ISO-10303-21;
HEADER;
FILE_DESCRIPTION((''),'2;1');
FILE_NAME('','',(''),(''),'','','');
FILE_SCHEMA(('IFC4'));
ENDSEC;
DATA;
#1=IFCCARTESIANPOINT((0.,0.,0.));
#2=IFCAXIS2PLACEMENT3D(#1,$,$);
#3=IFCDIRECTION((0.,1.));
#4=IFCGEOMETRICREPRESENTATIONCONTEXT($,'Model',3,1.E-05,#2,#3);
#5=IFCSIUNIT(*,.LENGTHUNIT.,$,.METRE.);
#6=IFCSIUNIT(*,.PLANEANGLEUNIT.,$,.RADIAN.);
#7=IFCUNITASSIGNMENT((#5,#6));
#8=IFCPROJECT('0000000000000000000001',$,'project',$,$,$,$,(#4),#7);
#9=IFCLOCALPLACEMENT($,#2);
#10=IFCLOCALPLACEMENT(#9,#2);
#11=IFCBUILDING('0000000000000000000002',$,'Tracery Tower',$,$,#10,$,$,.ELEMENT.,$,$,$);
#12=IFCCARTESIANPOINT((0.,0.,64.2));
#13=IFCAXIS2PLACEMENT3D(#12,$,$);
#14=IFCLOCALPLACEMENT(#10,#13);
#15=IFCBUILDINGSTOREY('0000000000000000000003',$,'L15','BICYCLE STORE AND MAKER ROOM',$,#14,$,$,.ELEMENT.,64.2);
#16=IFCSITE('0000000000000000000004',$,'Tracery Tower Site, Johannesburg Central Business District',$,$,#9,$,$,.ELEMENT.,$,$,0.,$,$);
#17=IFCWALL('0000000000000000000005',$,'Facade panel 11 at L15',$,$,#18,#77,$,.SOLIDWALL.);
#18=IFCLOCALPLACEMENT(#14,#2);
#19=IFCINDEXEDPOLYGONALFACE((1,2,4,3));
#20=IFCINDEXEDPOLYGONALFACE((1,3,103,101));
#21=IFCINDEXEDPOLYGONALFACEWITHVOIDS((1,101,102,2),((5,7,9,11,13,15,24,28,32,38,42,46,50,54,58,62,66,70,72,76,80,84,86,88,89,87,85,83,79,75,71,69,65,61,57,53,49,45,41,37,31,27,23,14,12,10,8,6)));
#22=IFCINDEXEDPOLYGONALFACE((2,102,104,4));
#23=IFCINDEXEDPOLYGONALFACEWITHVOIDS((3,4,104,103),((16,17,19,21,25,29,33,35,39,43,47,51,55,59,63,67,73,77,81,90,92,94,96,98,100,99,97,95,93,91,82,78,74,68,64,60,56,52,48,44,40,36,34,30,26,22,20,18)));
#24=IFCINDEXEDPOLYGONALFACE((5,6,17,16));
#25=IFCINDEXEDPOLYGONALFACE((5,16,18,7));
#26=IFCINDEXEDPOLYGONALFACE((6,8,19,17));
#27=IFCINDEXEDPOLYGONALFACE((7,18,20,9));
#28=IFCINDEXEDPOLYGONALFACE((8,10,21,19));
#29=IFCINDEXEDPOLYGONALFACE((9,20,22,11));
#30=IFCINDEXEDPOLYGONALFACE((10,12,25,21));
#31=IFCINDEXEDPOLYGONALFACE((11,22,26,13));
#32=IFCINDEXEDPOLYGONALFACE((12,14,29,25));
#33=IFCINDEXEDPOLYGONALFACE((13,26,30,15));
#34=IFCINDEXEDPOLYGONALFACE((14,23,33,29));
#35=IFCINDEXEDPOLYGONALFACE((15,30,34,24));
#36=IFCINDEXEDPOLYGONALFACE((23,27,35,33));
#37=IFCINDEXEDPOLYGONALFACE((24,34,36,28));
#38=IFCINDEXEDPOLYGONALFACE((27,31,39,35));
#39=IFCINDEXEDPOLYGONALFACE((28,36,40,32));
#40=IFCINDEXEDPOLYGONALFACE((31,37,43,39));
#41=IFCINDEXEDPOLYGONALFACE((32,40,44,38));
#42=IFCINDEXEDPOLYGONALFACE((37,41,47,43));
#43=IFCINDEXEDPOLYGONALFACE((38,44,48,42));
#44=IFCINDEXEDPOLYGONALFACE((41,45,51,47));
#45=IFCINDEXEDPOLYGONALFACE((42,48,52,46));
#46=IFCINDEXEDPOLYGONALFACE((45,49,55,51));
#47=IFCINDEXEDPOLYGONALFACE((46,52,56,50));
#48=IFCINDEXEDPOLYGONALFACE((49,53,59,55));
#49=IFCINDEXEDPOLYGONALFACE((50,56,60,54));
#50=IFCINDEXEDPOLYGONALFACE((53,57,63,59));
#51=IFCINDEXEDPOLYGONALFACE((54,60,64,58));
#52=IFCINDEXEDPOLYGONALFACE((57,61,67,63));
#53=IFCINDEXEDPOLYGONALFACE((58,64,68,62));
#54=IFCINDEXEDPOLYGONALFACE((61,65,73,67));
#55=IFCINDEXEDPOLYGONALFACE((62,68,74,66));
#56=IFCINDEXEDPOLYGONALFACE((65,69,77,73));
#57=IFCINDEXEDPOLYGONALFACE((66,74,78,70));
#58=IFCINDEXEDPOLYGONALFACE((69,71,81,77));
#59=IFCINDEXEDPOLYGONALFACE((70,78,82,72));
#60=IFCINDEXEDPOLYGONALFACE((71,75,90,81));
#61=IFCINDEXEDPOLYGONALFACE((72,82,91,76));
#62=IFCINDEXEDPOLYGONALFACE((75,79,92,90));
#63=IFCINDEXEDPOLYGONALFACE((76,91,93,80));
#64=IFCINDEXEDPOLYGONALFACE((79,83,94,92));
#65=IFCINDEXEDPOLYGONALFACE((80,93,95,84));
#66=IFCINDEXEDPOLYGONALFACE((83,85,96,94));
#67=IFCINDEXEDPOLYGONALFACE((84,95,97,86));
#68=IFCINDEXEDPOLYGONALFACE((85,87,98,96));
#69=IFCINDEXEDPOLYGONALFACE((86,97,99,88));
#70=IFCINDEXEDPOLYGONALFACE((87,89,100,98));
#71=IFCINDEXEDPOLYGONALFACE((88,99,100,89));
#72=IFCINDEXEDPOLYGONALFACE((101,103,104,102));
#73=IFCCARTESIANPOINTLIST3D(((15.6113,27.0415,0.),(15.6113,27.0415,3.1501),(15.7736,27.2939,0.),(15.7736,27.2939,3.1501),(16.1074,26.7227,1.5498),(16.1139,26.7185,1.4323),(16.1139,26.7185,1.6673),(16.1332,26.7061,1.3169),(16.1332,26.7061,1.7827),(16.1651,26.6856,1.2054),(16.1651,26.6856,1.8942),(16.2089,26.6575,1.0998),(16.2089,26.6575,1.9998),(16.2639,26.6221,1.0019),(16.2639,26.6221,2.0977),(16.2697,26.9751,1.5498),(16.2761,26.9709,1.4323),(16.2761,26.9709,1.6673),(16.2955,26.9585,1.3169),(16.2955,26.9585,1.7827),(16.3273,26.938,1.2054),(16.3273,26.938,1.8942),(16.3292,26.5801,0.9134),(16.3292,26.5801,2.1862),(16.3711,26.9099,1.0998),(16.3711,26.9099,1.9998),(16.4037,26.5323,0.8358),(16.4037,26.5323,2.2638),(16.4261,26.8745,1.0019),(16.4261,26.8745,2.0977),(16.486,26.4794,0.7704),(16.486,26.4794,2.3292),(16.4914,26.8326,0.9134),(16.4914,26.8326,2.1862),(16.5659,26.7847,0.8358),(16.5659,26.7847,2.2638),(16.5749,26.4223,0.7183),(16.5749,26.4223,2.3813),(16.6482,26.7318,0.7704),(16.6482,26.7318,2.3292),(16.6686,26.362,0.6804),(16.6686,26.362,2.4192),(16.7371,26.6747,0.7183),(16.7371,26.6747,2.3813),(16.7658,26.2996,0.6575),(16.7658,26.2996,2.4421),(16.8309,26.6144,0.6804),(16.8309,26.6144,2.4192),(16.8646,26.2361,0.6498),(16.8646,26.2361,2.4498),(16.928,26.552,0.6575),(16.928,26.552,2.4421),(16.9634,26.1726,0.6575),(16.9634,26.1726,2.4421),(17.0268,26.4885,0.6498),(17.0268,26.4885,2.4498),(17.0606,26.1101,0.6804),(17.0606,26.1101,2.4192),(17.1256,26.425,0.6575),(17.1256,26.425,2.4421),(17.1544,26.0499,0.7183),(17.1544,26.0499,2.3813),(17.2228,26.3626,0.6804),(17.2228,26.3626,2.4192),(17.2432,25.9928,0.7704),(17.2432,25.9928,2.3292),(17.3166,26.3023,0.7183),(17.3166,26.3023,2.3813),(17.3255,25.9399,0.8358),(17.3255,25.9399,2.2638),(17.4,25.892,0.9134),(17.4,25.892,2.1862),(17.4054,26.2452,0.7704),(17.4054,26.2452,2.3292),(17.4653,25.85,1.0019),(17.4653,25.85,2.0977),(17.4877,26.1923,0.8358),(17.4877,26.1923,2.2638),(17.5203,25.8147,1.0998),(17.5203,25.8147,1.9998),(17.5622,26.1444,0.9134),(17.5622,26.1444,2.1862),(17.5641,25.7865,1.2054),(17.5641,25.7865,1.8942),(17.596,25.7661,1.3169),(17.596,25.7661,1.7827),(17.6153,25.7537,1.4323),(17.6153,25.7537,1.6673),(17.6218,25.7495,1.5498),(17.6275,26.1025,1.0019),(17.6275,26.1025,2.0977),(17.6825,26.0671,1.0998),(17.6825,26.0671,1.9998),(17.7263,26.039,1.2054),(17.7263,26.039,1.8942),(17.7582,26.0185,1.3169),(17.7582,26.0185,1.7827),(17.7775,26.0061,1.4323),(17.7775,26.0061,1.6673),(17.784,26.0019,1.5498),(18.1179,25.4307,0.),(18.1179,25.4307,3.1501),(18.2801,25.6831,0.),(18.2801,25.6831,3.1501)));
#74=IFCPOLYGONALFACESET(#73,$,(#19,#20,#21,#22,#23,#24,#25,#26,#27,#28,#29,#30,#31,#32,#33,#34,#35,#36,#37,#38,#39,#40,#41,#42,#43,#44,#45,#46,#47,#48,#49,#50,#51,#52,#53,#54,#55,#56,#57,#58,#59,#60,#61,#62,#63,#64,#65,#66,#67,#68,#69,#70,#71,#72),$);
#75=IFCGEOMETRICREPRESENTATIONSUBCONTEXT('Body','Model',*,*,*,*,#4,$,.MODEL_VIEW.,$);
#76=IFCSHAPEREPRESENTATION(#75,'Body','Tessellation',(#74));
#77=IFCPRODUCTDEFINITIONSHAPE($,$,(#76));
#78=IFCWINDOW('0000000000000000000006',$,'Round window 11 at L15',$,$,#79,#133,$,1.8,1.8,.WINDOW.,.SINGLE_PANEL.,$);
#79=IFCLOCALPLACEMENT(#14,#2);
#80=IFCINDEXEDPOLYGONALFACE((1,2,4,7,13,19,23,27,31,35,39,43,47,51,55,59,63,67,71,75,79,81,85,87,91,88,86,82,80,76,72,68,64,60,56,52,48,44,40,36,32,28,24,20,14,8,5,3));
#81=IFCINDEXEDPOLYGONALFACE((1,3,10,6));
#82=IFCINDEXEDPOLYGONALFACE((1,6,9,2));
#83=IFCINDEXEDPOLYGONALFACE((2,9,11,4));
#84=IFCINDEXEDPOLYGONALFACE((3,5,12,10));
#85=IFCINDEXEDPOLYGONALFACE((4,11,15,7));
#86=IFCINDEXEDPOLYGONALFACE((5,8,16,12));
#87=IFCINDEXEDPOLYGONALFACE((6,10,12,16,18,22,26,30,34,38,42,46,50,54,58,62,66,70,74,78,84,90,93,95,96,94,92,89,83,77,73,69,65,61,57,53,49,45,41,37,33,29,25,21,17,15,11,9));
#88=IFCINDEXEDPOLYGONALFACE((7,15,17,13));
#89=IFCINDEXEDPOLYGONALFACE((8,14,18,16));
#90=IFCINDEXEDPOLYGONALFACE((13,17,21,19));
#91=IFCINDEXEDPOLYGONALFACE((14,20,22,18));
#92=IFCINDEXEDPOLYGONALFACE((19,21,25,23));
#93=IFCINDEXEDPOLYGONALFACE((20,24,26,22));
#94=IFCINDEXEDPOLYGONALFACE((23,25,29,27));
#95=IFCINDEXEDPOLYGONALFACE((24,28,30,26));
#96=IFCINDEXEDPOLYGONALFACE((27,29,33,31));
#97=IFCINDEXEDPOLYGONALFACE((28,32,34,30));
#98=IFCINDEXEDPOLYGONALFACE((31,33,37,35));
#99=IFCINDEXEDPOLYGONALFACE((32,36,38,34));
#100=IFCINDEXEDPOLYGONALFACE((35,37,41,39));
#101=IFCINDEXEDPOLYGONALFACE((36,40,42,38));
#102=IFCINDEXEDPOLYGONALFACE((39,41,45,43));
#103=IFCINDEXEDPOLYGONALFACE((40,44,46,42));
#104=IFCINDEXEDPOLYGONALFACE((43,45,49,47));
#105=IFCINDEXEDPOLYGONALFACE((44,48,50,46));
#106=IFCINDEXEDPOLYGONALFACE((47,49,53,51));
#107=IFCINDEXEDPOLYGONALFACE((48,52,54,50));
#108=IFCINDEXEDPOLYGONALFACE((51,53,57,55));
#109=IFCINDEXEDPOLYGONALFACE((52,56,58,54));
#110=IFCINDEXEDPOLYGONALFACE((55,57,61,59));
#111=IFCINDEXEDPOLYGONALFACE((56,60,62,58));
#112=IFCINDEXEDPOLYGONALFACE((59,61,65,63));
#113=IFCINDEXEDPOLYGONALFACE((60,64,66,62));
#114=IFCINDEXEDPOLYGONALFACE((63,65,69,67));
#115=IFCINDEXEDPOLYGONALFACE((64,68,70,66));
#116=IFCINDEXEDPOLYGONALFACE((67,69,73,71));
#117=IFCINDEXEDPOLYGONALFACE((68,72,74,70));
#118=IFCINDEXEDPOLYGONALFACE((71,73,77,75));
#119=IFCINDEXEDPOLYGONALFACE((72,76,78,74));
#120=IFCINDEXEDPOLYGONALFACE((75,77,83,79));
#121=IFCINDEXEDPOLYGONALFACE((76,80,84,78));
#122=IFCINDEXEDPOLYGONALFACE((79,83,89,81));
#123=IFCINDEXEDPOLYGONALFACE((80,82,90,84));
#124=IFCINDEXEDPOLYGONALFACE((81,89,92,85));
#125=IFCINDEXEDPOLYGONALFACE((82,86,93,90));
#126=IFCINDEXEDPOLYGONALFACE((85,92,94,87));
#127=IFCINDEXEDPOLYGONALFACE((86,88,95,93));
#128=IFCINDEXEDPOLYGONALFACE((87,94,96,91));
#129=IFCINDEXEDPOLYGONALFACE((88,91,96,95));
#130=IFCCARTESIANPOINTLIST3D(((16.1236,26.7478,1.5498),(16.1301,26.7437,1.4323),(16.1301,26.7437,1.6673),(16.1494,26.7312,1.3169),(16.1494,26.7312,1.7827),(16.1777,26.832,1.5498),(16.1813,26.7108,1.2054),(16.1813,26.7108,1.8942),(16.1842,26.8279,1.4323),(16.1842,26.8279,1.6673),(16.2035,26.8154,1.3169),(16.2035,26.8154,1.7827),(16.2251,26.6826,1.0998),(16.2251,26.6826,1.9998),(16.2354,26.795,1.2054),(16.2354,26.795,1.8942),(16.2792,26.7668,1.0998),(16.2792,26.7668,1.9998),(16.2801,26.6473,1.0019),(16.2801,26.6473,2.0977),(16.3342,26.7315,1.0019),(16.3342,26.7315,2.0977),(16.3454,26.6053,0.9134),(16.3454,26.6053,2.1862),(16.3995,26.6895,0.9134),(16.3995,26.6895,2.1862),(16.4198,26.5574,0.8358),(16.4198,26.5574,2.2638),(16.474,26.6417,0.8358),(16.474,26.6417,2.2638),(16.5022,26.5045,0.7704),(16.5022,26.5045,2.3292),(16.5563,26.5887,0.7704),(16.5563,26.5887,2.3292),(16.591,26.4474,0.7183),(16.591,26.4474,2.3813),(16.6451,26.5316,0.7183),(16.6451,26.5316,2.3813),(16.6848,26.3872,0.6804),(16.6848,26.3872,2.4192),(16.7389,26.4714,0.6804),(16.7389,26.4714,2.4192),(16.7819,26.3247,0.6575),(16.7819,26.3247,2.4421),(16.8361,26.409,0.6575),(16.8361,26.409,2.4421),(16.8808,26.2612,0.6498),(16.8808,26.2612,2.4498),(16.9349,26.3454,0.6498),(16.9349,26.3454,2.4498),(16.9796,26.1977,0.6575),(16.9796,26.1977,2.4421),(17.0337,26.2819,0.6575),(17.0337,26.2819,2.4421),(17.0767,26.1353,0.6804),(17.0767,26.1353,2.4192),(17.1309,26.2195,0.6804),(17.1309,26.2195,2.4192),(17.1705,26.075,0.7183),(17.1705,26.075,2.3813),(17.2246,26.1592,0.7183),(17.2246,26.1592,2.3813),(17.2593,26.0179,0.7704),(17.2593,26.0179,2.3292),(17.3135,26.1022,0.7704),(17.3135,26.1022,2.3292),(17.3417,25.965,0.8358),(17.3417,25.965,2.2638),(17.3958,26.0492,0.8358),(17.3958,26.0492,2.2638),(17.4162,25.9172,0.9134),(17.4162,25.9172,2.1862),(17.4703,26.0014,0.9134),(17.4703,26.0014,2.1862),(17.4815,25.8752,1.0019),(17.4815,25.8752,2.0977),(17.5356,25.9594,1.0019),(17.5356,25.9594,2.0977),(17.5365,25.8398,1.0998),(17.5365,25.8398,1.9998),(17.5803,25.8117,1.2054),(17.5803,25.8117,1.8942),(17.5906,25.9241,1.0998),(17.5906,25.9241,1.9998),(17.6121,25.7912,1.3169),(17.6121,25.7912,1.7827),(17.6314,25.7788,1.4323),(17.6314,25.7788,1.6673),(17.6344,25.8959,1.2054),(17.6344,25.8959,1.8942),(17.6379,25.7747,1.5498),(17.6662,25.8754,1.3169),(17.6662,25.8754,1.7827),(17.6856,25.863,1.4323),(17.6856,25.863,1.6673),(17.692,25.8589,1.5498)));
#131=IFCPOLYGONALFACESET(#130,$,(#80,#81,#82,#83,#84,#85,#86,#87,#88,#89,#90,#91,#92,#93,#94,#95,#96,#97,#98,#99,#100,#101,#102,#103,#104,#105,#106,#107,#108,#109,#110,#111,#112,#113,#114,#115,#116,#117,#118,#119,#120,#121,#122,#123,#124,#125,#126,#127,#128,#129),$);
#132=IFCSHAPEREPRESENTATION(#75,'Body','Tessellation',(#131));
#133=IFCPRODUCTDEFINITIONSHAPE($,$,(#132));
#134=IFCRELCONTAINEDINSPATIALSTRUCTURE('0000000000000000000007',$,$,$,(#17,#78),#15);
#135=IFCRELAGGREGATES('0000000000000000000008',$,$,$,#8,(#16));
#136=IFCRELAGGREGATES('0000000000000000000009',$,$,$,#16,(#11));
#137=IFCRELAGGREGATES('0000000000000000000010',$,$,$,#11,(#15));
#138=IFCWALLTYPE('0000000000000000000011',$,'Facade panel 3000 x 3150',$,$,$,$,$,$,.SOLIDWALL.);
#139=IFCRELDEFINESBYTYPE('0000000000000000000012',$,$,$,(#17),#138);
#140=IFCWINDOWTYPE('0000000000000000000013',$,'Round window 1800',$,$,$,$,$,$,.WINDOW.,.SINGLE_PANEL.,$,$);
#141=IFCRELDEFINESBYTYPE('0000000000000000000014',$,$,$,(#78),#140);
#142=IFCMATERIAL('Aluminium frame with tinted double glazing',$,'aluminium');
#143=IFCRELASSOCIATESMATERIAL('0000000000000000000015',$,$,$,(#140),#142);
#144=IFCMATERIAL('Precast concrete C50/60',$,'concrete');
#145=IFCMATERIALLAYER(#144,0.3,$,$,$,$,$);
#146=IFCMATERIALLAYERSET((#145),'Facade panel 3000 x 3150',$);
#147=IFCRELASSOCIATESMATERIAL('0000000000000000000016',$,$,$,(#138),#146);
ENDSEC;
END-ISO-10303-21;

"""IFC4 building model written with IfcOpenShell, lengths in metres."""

from ifc_helpers import new_model, si_unit, direction, frame, frame_2d, origin, origin_2d, place, context, subcontext, project, spatial, rectangle, circle, extrude, material, layer, layer_set, type_object, element, fill, save


model = new_model("IFC4")

# Units and contexts
model_context = context("Model", 3, precision=1e-05, world=origin(), true_north=direction((0.0, 1.0)))
body_context = subcontext(model_context, "Body", "Model", "MODEL_VIEW")
ifc_project = project(units=[si_unit("LENGTHUNIT", "METRE"), si_unit("PLANEANGLEUNIT", "RADIAN")], contexts=[model_context])

# Site, building, storey
site_placement = place(None, origin())
site = spatial("IfcSite", under=ifc_project, at=site_placement, Name="Tracery Tower Site, Johannesburg Central Business District", CompositionType="ELEMENT", RefElevation=0.0)
building_placement = place(site_placement, origin())
building = spatial("IfcBuilding", under=site, at=building_placement, Name="Tracery Tower", CompositionType="ELEMENT")
storey_placement = place(building_placement, frame((0.0, 0.0, 64.2)))
storey = spatial("IfcBuildingStorey", under=building, at=storey_placement, Name="L15", Description="BICYCLE STORE AND MAKER ROOM", CompositionType="ELEMENT", Elevation=64.2)

# Wall, opening, window
ifc_material_1 = material(Name="Aluminium frame with tinted double glazing", Category="aluminium")
window_type = type_object("IfcWindowType", Name="Round window 1800", PartitioningType="SINGLE_PANEL", PredefinedType="WINDOW", material=ifc_material_1)
ifc_material_2 = material(Name="Precast concrete C50/60", Category="concrete")
ifc_layer_1 = layer(ifc_material_2, 0.3)
ifc_layer_set_1 = layer_set([ifc_layer_1], Name="Facade panel 3000 x 3150")
wall_type_1 = type_object("IfcWallType", Name="Facade panel 3000 x 3150", PredefinedType="SOLIDWALL", material=ifc_layer_set_1)
wall_1_placement = place(storey_placement, frame((18.199, 25.5569, 0.0), z_axis=(0.0, 0.0, 1.0), x_axis=(-0.841261, 0.540629, 0.0)))
wall_1 = element("IfcWall", 1, at=wall_1_placement, inside=storey, type_object=wall_type_1, Name="Facade panel 11 at L15", PredefinedType="SOLIDWALL", context=body_context, shape_type="SweptSolid", body=[
    extrude(rectangle(XDim=2.9795, YDim=0.3, at=frame_2d((1.4897, 0.0))), origin(), (0.0, 0.0, 1.0), 3.1501),
])
opening_1_placement = place(wall_1_placement, frame((1.4897, 0.0, 1.5498)))
opening_1 = element("IfcOpeningElement", 2, at=opening_1_placement, cuts=wall_1, PredefinedType="OPENING", context=body_context, shape_type="SweptSolid", body=[
    extrude(circle(Radius=0.9, at=origin_2d()), frame((0.0, 0.1599, 0.0), z_axis=(0.0, -1.0, 0.0), x_axis=(1.0, 0.0, 0.0)), (0.0, 0.0, 1.0), 0.3201),
])
window_1_placement = place(opening_1_placement, origin())
window_1 = element("IfcWindow", 3, at=window_1_placement, inside=storey, type_object=window_type, Name="Round window 11 at L15", OverallHeight=1.8, OverallWidth=1.8, PartitioningType="SINGLE_PANEL", PredefinedType="WINDOW", context=body_context, shape_type="SweptSolid", body=[
    extrude(circle(Radius=0.9, at=origin_2d()), frame((0.0, 0.1201, 0.0), z_axis=(0.0, -1.0, 0.0), x_axis=(1.0, 0.0, 0.0)), (0.0, 0.0, 1.0), 0.1001),
])
fill(opening_1, window_1)

save(model, "model.ifc")
